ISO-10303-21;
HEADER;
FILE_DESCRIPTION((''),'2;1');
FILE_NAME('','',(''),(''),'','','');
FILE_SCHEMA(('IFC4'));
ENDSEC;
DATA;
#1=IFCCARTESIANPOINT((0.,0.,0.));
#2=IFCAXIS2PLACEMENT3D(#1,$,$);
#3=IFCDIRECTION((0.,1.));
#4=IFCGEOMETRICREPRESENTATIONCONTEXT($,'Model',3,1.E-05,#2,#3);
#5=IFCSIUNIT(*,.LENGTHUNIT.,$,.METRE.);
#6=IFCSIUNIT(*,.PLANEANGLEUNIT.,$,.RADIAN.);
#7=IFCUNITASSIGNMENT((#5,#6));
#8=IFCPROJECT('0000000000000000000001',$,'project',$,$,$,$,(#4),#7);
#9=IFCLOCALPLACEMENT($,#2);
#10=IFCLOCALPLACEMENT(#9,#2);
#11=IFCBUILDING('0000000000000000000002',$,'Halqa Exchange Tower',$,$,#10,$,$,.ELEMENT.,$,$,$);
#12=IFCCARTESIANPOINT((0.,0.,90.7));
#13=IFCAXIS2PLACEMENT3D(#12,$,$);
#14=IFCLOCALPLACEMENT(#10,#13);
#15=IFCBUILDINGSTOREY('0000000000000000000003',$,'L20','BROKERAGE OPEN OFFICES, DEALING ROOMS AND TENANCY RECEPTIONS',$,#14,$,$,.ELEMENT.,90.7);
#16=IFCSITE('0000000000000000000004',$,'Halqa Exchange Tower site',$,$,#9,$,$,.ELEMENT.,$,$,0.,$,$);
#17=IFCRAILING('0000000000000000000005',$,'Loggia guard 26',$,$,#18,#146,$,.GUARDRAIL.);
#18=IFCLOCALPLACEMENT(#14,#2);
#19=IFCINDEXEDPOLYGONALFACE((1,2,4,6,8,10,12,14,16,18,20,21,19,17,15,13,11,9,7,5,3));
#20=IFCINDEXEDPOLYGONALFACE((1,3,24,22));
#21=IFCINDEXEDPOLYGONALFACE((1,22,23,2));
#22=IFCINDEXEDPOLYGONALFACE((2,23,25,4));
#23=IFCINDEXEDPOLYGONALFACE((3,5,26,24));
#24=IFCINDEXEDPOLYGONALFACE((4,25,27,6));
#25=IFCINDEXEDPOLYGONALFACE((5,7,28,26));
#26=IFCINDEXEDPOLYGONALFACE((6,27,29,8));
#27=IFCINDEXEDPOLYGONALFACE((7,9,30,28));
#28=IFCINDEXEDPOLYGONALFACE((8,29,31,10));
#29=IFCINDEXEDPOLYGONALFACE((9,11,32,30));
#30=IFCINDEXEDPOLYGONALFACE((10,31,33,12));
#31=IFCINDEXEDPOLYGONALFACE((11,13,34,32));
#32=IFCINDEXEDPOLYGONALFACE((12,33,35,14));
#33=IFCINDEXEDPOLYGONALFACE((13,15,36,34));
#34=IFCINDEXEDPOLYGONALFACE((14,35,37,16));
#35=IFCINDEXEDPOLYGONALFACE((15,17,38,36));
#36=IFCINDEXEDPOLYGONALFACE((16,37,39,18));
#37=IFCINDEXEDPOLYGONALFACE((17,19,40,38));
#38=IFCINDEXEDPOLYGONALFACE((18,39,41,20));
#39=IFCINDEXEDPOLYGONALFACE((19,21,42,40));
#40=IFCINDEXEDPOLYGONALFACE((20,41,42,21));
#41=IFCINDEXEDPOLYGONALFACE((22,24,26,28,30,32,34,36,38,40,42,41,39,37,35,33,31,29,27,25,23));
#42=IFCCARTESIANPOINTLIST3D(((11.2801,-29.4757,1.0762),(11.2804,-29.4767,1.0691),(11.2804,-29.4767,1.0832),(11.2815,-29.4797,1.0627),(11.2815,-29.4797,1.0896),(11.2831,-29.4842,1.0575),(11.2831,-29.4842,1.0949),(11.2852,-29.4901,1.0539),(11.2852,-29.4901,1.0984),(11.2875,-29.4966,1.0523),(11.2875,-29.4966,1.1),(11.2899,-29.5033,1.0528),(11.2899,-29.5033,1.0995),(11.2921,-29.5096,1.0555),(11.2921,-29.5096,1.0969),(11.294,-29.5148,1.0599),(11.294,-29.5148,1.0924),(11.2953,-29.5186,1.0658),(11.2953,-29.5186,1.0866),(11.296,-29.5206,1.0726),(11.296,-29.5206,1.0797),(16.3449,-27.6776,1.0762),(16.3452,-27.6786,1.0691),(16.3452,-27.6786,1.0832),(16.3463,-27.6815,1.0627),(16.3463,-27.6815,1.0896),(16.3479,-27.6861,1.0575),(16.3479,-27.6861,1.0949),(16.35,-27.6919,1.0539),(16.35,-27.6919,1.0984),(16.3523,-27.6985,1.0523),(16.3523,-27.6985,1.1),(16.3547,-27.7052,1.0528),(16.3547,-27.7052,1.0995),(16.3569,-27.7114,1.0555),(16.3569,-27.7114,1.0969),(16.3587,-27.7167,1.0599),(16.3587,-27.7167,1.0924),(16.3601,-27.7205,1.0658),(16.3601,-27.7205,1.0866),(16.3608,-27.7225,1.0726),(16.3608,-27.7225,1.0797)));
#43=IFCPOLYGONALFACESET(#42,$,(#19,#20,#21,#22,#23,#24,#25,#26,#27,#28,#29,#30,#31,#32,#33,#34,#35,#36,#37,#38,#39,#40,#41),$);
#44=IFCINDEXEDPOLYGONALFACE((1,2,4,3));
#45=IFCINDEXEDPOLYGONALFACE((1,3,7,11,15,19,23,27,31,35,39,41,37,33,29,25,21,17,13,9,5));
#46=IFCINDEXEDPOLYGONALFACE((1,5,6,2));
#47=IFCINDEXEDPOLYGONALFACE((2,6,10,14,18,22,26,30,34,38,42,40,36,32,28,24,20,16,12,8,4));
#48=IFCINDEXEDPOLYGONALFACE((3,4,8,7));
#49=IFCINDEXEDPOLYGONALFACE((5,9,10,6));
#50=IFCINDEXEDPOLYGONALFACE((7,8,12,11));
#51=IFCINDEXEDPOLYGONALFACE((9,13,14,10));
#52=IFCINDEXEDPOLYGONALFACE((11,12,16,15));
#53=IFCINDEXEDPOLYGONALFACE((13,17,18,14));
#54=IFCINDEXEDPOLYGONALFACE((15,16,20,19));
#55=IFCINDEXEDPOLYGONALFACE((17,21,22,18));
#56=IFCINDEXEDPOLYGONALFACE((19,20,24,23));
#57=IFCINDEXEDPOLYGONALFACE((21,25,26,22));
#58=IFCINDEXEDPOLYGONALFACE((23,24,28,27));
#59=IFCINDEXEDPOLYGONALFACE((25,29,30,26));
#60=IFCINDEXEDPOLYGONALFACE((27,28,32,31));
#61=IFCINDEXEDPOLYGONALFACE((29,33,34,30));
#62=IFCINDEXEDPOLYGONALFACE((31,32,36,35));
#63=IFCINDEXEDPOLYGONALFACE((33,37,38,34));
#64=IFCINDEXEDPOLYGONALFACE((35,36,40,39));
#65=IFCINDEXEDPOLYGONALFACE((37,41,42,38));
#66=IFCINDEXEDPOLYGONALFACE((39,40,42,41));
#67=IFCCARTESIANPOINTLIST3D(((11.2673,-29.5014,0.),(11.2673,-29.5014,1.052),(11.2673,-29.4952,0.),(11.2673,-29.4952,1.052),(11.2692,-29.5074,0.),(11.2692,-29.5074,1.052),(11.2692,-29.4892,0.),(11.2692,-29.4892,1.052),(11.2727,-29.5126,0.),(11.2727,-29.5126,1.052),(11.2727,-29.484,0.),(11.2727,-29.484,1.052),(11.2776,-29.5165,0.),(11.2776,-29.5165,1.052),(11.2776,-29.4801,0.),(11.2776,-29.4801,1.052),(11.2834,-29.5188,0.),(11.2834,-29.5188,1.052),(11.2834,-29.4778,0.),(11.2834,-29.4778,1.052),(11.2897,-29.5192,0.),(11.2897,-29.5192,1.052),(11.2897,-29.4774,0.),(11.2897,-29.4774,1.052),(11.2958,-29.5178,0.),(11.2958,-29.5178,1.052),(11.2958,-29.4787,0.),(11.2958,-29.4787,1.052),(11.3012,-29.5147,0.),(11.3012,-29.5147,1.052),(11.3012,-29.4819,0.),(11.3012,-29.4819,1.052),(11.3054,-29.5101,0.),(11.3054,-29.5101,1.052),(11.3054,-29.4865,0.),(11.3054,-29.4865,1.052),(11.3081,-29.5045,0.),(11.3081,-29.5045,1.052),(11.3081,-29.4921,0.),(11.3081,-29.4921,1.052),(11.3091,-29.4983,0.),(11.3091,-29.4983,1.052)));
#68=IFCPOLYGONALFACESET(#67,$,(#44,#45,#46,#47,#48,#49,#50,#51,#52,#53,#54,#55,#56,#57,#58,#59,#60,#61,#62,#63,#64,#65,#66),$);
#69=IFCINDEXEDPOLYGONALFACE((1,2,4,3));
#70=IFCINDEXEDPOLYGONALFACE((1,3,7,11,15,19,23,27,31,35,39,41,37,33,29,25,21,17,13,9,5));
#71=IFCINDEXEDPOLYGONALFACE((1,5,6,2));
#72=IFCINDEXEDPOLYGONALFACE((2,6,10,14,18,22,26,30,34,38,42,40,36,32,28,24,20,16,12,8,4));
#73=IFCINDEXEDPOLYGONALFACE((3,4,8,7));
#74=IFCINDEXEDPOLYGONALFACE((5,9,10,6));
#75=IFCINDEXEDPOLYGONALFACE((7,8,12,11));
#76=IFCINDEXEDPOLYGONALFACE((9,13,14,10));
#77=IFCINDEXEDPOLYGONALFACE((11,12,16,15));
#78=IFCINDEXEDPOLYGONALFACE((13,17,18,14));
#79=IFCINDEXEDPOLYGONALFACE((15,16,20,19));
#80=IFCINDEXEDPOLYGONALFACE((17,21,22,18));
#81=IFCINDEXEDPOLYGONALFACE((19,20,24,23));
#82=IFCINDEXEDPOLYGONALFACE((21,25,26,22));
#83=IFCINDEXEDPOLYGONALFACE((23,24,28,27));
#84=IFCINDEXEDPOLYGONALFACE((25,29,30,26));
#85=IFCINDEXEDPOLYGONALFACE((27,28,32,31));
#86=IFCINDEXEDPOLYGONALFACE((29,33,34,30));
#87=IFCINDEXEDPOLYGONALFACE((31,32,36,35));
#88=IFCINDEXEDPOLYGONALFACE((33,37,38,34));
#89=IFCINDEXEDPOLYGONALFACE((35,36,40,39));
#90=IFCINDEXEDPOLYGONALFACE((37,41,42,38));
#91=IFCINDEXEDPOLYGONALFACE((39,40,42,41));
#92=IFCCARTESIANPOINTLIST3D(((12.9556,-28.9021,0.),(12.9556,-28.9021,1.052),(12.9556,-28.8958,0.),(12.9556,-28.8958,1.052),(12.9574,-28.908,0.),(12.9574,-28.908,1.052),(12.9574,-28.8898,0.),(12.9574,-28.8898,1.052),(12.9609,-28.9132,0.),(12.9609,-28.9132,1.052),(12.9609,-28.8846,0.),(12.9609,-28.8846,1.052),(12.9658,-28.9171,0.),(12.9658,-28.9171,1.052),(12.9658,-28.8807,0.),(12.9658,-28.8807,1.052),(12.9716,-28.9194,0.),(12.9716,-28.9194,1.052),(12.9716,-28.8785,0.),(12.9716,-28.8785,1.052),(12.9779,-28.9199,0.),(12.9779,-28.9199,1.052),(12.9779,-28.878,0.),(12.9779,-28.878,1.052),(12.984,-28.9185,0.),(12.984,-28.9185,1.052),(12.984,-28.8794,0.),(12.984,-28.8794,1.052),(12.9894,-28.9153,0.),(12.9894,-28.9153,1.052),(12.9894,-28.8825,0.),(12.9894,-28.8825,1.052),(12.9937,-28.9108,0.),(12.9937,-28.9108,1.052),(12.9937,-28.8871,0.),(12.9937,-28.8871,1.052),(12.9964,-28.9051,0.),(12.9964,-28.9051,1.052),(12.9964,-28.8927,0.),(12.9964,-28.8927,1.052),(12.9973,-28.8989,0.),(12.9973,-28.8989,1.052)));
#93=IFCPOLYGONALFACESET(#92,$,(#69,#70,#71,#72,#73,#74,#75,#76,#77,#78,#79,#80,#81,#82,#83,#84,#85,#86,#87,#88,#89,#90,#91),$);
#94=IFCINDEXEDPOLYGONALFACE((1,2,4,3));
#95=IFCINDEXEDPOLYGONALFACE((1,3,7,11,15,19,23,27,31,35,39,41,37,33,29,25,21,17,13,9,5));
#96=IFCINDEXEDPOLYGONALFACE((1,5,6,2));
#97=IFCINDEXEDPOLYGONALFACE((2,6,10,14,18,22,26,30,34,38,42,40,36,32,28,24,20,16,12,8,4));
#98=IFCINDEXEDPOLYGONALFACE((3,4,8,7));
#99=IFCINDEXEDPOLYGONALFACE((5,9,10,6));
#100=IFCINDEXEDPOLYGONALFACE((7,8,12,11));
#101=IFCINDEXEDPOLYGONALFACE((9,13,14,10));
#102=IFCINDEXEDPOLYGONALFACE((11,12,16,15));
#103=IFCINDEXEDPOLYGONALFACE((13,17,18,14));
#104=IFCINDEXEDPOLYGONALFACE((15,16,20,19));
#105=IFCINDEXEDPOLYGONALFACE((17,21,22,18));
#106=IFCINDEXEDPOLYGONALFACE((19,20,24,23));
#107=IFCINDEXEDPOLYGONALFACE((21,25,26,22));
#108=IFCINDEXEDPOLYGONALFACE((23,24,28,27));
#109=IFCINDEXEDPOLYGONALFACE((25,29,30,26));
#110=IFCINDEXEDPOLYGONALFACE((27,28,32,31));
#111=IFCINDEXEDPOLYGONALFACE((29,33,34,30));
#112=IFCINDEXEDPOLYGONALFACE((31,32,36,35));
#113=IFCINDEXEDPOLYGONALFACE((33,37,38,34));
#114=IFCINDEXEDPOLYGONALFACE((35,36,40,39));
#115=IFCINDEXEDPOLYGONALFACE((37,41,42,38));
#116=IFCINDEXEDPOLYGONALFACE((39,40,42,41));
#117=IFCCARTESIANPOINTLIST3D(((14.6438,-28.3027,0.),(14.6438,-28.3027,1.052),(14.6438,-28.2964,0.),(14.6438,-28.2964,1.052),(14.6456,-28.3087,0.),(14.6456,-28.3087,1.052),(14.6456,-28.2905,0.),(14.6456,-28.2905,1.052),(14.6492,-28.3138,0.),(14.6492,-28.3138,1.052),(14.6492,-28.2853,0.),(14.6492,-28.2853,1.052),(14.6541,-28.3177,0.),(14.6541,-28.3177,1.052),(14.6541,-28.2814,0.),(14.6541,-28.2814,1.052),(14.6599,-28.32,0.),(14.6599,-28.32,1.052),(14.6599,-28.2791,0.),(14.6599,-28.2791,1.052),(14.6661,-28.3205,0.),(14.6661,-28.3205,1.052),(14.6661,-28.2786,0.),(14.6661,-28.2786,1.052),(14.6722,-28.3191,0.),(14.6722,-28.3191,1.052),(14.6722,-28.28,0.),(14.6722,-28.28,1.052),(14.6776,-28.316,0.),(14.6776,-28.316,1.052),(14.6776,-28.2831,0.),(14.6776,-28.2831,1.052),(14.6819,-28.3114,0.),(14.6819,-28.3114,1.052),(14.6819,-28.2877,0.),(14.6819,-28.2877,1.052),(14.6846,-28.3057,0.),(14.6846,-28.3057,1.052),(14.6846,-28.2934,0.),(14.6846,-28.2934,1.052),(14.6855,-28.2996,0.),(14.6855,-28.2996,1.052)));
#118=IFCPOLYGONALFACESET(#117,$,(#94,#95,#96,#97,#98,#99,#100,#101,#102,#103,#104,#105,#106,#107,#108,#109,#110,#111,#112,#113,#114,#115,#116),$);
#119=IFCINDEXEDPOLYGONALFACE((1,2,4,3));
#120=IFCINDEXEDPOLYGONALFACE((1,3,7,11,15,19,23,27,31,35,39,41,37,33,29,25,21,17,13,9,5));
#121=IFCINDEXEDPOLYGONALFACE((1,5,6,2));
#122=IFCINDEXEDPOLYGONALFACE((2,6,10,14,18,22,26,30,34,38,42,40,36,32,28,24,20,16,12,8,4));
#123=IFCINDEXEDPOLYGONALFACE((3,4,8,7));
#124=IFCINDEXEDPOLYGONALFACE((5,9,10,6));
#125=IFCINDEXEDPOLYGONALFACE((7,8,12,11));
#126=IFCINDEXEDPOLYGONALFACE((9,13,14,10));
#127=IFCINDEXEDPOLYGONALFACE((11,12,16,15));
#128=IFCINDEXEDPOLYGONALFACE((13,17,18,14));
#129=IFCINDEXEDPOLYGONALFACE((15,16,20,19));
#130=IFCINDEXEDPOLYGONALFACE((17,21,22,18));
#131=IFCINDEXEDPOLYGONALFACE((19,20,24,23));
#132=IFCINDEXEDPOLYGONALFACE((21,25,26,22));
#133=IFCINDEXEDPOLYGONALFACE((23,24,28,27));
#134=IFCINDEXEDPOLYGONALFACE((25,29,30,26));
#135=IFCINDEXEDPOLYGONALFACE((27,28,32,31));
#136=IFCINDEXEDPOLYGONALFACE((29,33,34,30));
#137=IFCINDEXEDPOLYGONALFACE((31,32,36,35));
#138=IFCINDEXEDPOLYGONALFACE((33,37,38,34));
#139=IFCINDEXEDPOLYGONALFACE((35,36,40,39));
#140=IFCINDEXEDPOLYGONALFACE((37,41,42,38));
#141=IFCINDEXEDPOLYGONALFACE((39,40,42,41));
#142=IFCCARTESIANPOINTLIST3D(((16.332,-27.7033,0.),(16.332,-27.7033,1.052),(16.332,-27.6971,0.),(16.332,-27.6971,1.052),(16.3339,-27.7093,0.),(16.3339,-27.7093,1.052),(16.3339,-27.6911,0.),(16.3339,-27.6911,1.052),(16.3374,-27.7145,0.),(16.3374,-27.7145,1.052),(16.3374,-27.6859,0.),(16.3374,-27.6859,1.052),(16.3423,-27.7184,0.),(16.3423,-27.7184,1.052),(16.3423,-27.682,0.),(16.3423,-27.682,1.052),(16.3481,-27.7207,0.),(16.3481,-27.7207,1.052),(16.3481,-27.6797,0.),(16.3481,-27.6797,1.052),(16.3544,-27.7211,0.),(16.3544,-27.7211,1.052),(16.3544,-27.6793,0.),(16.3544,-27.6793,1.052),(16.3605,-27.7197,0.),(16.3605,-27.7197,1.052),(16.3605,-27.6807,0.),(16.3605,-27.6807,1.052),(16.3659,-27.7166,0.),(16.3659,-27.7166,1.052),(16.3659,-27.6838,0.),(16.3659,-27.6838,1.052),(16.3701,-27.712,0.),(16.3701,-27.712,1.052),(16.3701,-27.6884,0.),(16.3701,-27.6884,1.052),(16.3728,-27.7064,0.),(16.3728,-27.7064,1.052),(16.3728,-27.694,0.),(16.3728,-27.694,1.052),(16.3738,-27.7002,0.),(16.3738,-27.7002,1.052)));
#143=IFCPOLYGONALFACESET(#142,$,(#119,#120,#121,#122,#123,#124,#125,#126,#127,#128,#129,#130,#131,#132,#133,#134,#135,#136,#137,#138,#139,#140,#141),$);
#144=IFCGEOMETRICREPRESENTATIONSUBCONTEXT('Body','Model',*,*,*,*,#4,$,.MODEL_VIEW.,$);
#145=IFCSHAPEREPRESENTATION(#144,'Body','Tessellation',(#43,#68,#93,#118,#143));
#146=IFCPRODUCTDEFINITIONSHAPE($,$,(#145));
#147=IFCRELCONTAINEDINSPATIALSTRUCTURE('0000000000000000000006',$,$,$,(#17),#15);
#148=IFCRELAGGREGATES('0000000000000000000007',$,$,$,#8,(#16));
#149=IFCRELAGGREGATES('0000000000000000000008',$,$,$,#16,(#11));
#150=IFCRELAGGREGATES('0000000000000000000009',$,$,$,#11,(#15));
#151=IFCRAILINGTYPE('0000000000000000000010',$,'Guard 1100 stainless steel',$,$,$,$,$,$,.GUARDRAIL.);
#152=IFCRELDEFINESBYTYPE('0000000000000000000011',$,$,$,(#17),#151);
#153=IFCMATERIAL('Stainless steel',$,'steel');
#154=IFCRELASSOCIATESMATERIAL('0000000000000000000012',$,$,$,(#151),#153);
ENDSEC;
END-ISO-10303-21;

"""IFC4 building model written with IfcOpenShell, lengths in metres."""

from ifc_helpers import new_model, si_unit, direction, frame, origin, origin_2d, place, context, subcontext, project, spatial, circle, extrude, material, type_object, element, save


model = new_model("IFC4")

# Units and contexts
model_context = context("Model", 3, precision=1e-05, world=origin(), true_north=direction((0.0, 1.0)))
body_context = subcontext(model_context, "Body", "Model", "MODEL_VIEW")
ifc_project = project(units=[si_unit("LENGTHUNIT", "METRE"), si_unit("PLANEANGLEUNIT", "RADIAN")], contexts=[model_context])

# Site, building, storey
site_placement = place(None, origin())
site = spatial("IfcSite", under=ifc_project, at=site_placement, Name="Halqa Exchange Tower site", CompositionType="ELEMENT", RefElevation=0.0)
building_placement = place(site_placement, origin())
building = spatial("IfcBuilding", under=site, at=building_placement, Name="Halqa Exchange Tower", CompositionType="ELEMENT")
storey_placement = place(building_placement, frame((0.0, 0.0, 90.7)))
storey = spatial("IfcBuildingStorey", under=building, at=storey_placement, Name="L20", Description="BROKERAGE OPEN OFFICES, DEALING ROOMS AND TENANCY RECEPTIONS", CompositionType="ELEMENT", Elevation=90.7)

# Railing
ifc_material_1 = material(Name="Stainless steel", Category="steel")
railing_type = type_object("IfcRailingType", Name="Guard 1100 stainless steel", PredefinedType="GUARDRAIL", material=ifc_material_1)
railing_1_placement = place(storey_placement, frame((11.2881, -29.4983, 0.0)))
element("IfcRailing", 1, at=railing_1_placement, inside=storey, type_object=railing_type, Name="Loggia guard 26", PredefinedType="GUARDRAIL", context=body_context, shape_type="SweptSolid", body=[
    extrude(circle(Radius=0.0239, at=origin_2d()), frame((0.0, 0.0, 1.0762), z_axis=(0.942372, 0.334566, 0.0), x_axis=(-0.334566, 0.942372, 0.0)), (0.0, 0.0, 1.0), 5.3745),
    extrude(circle(Radius=0.021, at=origin_2d()), origin(), (0.0, 0.0, 1.0), 1.052),
    extrude(circle(Radius=0.021, at=origin_2d()), frame((1.6882, 0.5994, 0.0)), (0.0, 0.0, 1.0), 1.052),
    extrude(circle(Radius=0.021, at=origin_2d()), frame((3.3765, 1.1987, 0.0)), (0.0, 0.0, 1.0), 1.052),
    extrude(circle(Radius=0.021, at=origin_2d()), frame((5.0647, 1.7981, 0.0)), (0.0, 0.0, 1.0), 1.052),
])

save(model, "model.ifc")
